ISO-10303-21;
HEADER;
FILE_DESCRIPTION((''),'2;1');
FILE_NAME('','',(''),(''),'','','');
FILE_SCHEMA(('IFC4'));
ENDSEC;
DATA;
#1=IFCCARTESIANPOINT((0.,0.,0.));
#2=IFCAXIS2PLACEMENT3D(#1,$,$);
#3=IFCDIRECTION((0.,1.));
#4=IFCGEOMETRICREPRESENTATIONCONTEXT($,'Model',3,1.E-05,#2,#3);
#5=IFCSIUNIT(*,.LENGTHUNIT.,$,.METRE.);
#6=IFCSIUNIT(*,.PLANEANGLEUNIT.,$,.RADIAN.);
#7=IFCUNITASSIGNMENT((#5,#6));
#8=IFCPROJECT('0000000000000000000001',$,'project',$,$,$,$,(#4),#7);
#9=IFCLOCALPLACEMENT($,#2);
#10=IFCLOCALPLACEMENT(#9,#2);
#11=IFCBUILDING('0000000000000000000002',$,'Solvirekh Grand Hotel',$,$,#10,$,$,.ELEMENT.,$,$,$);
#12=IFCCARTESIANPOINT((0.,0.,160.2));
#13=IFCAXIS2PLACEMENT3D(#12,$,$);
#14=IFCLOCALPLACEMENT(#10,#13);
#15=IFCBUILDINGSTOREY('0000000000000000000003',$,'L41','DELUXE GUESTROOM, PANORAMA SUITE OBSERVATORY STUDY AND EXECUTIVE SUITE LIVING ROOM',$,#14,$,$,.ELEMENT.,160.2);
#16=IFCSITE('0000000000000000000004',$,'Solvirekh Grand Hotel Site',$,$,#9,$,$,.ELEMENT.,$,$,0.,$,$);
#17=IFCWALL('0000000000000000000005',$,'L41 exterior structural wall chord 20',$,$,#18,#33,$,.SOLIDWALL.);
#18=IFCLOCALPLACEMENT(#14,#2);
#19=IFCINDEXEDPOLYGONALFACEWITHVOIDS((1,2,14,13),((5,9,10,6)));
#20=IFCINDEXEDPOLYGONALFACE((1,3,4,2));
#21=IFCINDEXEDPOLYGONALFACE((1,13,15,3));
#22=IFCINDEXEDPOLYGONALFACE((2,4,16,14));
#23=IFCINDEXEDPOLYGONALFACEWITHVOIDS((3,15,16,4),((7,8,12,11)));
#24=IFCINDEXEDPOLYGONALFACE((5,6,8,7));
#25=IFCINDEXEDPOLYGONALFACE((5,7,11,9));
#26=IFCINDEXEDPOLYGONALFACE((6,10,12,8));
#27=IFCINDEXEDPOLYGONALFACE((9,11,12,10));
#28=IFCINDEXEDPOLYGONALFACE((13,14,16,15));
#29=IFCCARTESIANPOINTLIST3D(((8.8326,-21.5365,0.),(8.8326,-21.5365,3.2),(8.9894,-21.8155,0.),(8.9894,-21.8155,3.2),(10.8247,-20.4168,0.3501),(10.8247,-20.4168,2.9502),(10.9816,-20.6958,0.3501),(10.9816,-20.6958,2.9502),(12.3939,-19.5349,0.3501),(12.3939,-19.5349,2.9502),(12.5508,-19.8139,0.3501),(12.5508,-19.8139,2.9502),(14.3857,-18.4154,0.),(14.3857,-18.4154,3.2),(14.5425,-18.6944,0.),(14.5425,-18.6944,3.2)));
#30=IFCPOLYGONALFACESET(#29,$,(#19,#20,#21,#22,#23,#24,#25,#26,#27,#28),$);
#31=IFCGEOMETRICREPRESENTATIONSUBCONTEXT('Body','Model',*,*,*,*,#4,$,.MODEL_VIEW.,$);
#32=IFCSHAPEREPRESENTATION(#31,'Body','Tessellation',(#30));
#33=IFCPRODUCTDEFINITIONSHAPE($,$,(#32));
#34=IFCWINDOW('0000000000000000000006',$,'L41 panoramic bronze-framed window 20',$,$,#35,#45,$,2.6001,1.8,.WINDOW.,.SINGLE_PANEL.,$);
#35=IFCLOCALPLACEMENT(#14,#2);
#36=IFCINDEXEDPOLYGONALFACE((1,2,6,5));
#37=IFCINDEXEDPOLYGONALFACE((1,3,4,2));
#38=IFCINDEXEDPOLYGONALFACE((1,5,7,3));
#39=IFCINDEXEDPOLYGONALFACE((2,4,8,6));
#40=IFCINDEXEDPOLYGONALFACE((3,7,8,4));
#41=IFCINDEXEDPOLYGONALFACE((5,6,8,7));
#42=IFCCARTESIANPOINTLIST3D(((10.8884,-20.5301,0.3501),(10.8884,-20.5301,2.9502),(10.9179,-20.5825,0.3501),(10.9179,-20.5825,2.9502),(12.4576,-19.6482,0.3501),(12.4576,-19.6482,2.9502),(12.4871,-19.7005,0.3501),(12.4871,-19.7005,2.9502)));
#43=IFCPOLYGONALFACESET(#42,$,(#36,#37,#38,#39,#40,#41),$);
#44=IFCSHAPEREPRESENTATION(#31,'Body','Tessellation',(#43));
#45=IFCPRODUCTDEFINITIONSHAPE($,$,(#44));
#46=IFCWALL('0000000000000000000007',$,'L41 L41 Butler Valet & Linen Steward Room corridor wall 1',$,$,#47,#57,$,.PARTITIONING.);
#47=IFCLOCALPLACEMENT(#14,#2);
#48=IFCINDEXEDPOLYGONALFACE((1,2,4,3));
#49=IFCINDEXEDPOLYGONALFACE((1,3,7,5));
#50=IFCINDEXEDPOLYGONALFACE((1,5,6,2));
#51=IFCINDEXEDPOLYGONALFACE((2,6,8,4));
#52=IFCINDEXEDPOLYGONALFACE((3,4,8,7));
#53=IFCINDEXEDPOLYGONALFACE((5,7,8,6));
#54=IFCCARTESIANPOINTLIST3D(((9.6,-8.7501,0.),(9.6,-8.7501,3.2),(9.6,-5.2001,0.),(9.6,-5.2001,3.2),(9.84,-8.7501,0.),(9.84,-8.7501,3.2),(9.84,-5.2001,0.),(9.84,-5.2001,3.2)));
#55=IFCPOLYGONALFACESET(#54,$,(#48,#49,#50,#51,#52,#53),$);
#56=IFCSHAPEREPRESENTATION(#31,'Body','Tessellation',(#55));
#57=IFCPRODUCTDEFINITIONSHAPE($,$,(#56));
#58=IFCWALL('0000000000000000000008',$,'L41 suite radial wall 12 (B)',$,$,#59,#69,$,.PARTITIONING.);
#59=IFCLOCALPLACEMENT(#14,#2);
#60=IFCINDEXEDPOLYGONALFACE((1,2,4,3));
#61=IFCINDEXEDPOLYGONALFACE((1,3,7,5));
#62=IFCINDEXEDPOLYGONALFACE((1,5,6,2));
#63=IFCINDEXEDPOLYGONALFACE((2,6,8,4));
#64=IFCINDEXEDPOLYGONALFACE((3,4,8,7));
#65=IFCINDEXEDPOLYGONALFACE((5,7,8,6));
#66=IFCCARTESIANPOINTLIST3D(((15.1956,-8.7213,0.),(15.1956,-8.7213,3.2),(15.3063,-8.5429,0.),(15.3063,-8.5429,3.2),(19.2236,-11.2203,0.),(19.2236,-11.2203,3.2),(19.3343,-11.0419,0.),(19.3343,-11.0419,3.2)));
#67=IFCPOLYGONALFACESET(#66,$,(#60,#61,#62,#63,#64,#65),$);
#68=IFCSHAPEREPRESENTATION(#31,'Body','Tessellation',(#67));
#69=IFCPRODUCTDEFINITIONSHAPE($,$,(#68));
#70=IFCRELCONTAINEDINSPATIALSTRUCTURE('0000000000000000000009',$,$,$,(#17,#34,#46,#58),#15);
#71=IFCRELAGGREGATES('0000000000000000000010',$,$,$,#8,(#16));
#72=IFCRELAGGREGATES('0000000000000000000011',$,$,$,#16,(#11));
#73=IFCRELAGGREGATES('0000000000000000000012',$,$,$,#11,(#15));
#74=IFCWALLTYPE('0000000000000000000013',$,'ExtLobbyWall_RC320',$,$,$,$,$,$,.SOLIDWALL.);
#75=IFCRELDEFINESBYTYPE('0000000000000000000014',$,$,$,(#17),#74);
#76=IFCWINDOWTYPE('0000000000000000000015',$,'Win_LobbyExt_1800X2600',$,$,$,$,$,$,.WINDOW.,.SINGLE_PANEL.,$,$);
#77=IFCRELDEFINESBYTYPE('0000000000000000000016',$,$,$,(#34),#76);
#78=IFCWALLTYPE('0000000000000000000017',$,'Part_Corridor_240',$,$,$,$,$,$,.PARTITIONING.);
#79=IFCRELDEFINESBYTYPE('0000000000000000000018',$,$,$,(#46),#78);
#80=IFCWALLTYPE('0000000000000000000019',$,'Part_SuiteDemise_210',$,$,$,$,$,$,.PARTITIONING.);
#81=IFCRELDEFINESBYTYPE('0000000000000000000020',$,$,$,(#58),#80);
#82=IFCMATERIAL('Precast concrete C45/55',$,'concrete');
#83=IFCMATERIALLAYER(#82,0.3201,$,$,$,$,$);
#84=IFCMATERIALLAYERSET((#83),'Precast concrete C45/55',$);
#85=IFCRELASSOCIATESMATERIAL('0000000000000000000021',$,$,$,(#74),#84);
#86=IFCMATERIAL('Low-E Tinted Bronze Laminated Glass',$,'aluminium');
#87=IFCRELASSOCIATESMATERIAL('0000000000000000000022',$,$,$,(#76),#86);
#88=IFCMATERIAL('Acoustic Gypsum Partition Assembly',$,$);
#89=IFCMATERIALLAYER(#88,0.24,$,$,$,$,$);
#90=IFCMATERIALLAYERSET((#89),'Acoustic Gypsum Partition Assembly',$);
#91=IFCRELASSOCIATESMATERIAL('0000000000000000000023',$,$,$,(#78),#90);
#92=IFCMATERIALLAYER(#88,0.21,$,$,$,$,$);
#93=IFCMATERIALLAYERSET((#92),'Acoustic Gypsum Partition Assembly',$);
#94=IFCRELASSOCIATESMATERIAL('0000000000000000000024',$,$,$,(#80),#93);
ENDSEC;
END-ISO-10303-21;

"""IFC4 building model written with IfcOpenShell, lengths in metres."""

from ifc_helpers import new_model, si_unit, direction, frame, frame_2d, origin, place, context, subcontext, project, spatial, rectangle, extrude, material, layer, layer_set, type_object, element, fill, save


model = new_model("IFC4")

# Units and contexts
model_context = context("Model", 3, precision=1e-05, world=origin(), true_north=direction((0.0, 1.0)))
body_context = subcontext(model_context, "Body", "Model", "MODEL_VIEW")
ifc_project = project(units=[si_unit("LENGTHUNIT", "METRE"), si_unit("PLANEANGLEUNIT", "RADIAN")], contexts=[model_context])

# Site, building, storey
site_placement = place(None, origin())
site = spatial("IfcSite", under=ifc_project, at=site_placement, Name="Solvirekh Grand Hotel Site", CompositionType="ELEMENT", RefElevation=0.0)
building_placement = place(site_placement, origin())
building = spatial("IfcBuilding", under=site, at=building_placement, Name="Solvirekh Grand Hotel", CompositionType="ELEMENT")
storey_placement = place(building_placement, frame((0.0, 0.0, 160.2)))
storey = spatial("IfcBuildingStorey", under=building, at=storey_placement, Name="L41", Description="DELUXE GUESTROOM, PANORAMA SUITE OBSERVATORY STUDY AND EXECUTIVE SUITE LIVING ROOM", CompositionType="ELEMENT", Elevation=160.2)

# Shared definitions
ifc_material_1 = material(Name="Low-E Tinted Bronze Laminated Glass", Category="aluminium")

# Wall, opening, window
ifc_material_2 = material(Name="Precast concrete C45/55", Category="concrete")
ifc_layer_1 = layer(ifc_material_2, 0.3201)
ifc_layer_set_1 = layer_set([ifc_layer_1], Name="Precast concrete C45/55")
wall_type_1 = type_object("IfcWallType", Name="ExtLobbyWall_RC320", PredefinedType="SOLIDWALL", material=ifc_layer_set_1)
window_type = type_object("IfcWindowType", Name="Win_LobbyExt_1800X2600", PartitioningType="SINGLE_PANEL", PredefinedType="WINDOW", material=ifc_material_1)
wall_1_placement = place(storey_placement, frame((14.4641, -18.5549, 0.0), z_axis=(0.0, 0.0, 1.0), x_axis=(-0.871749, -0.489952, 0.0)))
wall_1 = element("IfcWall", 1, at=wall_1_placement, inside=storey, type_object=wall_type_1, Name="L41 exterior structural wall chord 20", PredefinedType="SOLIDWALL", context=body_context, shape_type="SweptSolid", body=[
    extrude(rectangle(XDim=6.3701, YDim=0.3201, at=frame_2d((3.1851, 0.0))), origin(), (0.0, 0.0, 1.0), 3.2),
])
opening_1_placement = place(wall_1_placement, frame((2.2849, 0.0, 0.3501)))
opening_1 = element("IfcOpeningElement", 2, at=opening_1_placement, cuts=wall_1, PredefinedType="OPENING", context=body_context, shape_type="SweptSolid", body=[
    extrude(rectangle(XDim=1.8, YDim=2.6001, at=frame_2d((0.8999, 1.3))), frame((0.0, 0.1699, 0.0), z_axis=(0.0, -1.0, 0.0), x_axis=(1.0, 0.0, 0.0)), (0.0, 0.0, 1.0), 0.3401),
])
window_1_placement = place(opening_1_placement, origin())
window_1 = element("IfcWindow", 3, at=window_1_placement, inside=storey, type_object=window_type, Name="L41 panoramic bronze-framed window 20", OverallHeight=2.6001, OverallWidth=1.8, PartitioningType="SINGLE_PANEL", PredefinedType="WINDOW", context=body_context, shape_type="SweptSolid", body=[
    extrude(rectangle(XDim=1.8, YDim=2.6001, at=frame_2d((0.8999, 1.3))), frame((0.0, 0.03, 0.0), z_axis=(0.0, -1.0, 0.0), x_axis=(1.0, 0.0, 0.0)), (0.0, 0.0, 1.0), 0.0601),
])
fill(opening_1, window_1)

# Walls
ifc_material_3 = material(Name="Acoustic Gypsum Partition Assembly")
ifc_layer_2 = layer(ifc_material_3, 0.24)
ifc_layer_set_2 = layer_set([ifc_layer_2], Name="Acoustic Gypsum Partition Assembly")
wall_type_2 = type_object("IfcWallType", Name="Part_Corridor_240", PredefinedType="PARTITIONING", material=ifc_layer_set_2)
wall_2_placement = place(storey_placement, frame((9.72, -8.75, 0.0), z_axis=(0.0, 0.0, 1.0), x_axis=(0.0, 1.0, 0.0)))
element("IfcWall", 4, at=wall_2_placement, inside=storey, type_object=wall_type_2, Name="L41 L41 Butler Valet & Linen Steward Room corridor wall 1", PredefinedType="PARTITIONING", context=body_context, shape_type="SweptSolid", body=[
    extrude(rectangle(XDim=3.55, YDim=0.24, at=frame_2d((1.7749, 0.0))), origin(), (0.0, 0.0, 1.0), 3.2),
])
ifc_layer_3 = layer(ifc_material_3, 0.21)
ifc_layer_set_3 = layer_set([ifc_layer_3], Name="Acoustic Gypsum Partition Assembly")
wall_type_3 = type_object("IfcWallType", Name="Part_SuiteDemise_210", PredefinedType="PARTITIONING", material=ifc_layer_set_3)
wall_3_placement = place(storey_placement, frame((15.251, -8.6321, 0.0), z_axis=(0.0, 0.0, 1.0), x_axis=(0.84975, -0.527186, 0.0)))
element("IfcWall", 5, at=wall_3_placement, inside=storey, type_object=wall_type_3, Name="L41 suite radial wall 12 (B)", PredefinedType="PARTITIONING", context=body_context, shape_type="SweptSolid", body=[
    extrude(rectangle(XDim=4.7402, YDim=0.21, at=frame_2d((2.3701, 0.0))), origin(), (0.0, 0.0, 1.0), 3.2),
])

save(model, "model.ifc")
